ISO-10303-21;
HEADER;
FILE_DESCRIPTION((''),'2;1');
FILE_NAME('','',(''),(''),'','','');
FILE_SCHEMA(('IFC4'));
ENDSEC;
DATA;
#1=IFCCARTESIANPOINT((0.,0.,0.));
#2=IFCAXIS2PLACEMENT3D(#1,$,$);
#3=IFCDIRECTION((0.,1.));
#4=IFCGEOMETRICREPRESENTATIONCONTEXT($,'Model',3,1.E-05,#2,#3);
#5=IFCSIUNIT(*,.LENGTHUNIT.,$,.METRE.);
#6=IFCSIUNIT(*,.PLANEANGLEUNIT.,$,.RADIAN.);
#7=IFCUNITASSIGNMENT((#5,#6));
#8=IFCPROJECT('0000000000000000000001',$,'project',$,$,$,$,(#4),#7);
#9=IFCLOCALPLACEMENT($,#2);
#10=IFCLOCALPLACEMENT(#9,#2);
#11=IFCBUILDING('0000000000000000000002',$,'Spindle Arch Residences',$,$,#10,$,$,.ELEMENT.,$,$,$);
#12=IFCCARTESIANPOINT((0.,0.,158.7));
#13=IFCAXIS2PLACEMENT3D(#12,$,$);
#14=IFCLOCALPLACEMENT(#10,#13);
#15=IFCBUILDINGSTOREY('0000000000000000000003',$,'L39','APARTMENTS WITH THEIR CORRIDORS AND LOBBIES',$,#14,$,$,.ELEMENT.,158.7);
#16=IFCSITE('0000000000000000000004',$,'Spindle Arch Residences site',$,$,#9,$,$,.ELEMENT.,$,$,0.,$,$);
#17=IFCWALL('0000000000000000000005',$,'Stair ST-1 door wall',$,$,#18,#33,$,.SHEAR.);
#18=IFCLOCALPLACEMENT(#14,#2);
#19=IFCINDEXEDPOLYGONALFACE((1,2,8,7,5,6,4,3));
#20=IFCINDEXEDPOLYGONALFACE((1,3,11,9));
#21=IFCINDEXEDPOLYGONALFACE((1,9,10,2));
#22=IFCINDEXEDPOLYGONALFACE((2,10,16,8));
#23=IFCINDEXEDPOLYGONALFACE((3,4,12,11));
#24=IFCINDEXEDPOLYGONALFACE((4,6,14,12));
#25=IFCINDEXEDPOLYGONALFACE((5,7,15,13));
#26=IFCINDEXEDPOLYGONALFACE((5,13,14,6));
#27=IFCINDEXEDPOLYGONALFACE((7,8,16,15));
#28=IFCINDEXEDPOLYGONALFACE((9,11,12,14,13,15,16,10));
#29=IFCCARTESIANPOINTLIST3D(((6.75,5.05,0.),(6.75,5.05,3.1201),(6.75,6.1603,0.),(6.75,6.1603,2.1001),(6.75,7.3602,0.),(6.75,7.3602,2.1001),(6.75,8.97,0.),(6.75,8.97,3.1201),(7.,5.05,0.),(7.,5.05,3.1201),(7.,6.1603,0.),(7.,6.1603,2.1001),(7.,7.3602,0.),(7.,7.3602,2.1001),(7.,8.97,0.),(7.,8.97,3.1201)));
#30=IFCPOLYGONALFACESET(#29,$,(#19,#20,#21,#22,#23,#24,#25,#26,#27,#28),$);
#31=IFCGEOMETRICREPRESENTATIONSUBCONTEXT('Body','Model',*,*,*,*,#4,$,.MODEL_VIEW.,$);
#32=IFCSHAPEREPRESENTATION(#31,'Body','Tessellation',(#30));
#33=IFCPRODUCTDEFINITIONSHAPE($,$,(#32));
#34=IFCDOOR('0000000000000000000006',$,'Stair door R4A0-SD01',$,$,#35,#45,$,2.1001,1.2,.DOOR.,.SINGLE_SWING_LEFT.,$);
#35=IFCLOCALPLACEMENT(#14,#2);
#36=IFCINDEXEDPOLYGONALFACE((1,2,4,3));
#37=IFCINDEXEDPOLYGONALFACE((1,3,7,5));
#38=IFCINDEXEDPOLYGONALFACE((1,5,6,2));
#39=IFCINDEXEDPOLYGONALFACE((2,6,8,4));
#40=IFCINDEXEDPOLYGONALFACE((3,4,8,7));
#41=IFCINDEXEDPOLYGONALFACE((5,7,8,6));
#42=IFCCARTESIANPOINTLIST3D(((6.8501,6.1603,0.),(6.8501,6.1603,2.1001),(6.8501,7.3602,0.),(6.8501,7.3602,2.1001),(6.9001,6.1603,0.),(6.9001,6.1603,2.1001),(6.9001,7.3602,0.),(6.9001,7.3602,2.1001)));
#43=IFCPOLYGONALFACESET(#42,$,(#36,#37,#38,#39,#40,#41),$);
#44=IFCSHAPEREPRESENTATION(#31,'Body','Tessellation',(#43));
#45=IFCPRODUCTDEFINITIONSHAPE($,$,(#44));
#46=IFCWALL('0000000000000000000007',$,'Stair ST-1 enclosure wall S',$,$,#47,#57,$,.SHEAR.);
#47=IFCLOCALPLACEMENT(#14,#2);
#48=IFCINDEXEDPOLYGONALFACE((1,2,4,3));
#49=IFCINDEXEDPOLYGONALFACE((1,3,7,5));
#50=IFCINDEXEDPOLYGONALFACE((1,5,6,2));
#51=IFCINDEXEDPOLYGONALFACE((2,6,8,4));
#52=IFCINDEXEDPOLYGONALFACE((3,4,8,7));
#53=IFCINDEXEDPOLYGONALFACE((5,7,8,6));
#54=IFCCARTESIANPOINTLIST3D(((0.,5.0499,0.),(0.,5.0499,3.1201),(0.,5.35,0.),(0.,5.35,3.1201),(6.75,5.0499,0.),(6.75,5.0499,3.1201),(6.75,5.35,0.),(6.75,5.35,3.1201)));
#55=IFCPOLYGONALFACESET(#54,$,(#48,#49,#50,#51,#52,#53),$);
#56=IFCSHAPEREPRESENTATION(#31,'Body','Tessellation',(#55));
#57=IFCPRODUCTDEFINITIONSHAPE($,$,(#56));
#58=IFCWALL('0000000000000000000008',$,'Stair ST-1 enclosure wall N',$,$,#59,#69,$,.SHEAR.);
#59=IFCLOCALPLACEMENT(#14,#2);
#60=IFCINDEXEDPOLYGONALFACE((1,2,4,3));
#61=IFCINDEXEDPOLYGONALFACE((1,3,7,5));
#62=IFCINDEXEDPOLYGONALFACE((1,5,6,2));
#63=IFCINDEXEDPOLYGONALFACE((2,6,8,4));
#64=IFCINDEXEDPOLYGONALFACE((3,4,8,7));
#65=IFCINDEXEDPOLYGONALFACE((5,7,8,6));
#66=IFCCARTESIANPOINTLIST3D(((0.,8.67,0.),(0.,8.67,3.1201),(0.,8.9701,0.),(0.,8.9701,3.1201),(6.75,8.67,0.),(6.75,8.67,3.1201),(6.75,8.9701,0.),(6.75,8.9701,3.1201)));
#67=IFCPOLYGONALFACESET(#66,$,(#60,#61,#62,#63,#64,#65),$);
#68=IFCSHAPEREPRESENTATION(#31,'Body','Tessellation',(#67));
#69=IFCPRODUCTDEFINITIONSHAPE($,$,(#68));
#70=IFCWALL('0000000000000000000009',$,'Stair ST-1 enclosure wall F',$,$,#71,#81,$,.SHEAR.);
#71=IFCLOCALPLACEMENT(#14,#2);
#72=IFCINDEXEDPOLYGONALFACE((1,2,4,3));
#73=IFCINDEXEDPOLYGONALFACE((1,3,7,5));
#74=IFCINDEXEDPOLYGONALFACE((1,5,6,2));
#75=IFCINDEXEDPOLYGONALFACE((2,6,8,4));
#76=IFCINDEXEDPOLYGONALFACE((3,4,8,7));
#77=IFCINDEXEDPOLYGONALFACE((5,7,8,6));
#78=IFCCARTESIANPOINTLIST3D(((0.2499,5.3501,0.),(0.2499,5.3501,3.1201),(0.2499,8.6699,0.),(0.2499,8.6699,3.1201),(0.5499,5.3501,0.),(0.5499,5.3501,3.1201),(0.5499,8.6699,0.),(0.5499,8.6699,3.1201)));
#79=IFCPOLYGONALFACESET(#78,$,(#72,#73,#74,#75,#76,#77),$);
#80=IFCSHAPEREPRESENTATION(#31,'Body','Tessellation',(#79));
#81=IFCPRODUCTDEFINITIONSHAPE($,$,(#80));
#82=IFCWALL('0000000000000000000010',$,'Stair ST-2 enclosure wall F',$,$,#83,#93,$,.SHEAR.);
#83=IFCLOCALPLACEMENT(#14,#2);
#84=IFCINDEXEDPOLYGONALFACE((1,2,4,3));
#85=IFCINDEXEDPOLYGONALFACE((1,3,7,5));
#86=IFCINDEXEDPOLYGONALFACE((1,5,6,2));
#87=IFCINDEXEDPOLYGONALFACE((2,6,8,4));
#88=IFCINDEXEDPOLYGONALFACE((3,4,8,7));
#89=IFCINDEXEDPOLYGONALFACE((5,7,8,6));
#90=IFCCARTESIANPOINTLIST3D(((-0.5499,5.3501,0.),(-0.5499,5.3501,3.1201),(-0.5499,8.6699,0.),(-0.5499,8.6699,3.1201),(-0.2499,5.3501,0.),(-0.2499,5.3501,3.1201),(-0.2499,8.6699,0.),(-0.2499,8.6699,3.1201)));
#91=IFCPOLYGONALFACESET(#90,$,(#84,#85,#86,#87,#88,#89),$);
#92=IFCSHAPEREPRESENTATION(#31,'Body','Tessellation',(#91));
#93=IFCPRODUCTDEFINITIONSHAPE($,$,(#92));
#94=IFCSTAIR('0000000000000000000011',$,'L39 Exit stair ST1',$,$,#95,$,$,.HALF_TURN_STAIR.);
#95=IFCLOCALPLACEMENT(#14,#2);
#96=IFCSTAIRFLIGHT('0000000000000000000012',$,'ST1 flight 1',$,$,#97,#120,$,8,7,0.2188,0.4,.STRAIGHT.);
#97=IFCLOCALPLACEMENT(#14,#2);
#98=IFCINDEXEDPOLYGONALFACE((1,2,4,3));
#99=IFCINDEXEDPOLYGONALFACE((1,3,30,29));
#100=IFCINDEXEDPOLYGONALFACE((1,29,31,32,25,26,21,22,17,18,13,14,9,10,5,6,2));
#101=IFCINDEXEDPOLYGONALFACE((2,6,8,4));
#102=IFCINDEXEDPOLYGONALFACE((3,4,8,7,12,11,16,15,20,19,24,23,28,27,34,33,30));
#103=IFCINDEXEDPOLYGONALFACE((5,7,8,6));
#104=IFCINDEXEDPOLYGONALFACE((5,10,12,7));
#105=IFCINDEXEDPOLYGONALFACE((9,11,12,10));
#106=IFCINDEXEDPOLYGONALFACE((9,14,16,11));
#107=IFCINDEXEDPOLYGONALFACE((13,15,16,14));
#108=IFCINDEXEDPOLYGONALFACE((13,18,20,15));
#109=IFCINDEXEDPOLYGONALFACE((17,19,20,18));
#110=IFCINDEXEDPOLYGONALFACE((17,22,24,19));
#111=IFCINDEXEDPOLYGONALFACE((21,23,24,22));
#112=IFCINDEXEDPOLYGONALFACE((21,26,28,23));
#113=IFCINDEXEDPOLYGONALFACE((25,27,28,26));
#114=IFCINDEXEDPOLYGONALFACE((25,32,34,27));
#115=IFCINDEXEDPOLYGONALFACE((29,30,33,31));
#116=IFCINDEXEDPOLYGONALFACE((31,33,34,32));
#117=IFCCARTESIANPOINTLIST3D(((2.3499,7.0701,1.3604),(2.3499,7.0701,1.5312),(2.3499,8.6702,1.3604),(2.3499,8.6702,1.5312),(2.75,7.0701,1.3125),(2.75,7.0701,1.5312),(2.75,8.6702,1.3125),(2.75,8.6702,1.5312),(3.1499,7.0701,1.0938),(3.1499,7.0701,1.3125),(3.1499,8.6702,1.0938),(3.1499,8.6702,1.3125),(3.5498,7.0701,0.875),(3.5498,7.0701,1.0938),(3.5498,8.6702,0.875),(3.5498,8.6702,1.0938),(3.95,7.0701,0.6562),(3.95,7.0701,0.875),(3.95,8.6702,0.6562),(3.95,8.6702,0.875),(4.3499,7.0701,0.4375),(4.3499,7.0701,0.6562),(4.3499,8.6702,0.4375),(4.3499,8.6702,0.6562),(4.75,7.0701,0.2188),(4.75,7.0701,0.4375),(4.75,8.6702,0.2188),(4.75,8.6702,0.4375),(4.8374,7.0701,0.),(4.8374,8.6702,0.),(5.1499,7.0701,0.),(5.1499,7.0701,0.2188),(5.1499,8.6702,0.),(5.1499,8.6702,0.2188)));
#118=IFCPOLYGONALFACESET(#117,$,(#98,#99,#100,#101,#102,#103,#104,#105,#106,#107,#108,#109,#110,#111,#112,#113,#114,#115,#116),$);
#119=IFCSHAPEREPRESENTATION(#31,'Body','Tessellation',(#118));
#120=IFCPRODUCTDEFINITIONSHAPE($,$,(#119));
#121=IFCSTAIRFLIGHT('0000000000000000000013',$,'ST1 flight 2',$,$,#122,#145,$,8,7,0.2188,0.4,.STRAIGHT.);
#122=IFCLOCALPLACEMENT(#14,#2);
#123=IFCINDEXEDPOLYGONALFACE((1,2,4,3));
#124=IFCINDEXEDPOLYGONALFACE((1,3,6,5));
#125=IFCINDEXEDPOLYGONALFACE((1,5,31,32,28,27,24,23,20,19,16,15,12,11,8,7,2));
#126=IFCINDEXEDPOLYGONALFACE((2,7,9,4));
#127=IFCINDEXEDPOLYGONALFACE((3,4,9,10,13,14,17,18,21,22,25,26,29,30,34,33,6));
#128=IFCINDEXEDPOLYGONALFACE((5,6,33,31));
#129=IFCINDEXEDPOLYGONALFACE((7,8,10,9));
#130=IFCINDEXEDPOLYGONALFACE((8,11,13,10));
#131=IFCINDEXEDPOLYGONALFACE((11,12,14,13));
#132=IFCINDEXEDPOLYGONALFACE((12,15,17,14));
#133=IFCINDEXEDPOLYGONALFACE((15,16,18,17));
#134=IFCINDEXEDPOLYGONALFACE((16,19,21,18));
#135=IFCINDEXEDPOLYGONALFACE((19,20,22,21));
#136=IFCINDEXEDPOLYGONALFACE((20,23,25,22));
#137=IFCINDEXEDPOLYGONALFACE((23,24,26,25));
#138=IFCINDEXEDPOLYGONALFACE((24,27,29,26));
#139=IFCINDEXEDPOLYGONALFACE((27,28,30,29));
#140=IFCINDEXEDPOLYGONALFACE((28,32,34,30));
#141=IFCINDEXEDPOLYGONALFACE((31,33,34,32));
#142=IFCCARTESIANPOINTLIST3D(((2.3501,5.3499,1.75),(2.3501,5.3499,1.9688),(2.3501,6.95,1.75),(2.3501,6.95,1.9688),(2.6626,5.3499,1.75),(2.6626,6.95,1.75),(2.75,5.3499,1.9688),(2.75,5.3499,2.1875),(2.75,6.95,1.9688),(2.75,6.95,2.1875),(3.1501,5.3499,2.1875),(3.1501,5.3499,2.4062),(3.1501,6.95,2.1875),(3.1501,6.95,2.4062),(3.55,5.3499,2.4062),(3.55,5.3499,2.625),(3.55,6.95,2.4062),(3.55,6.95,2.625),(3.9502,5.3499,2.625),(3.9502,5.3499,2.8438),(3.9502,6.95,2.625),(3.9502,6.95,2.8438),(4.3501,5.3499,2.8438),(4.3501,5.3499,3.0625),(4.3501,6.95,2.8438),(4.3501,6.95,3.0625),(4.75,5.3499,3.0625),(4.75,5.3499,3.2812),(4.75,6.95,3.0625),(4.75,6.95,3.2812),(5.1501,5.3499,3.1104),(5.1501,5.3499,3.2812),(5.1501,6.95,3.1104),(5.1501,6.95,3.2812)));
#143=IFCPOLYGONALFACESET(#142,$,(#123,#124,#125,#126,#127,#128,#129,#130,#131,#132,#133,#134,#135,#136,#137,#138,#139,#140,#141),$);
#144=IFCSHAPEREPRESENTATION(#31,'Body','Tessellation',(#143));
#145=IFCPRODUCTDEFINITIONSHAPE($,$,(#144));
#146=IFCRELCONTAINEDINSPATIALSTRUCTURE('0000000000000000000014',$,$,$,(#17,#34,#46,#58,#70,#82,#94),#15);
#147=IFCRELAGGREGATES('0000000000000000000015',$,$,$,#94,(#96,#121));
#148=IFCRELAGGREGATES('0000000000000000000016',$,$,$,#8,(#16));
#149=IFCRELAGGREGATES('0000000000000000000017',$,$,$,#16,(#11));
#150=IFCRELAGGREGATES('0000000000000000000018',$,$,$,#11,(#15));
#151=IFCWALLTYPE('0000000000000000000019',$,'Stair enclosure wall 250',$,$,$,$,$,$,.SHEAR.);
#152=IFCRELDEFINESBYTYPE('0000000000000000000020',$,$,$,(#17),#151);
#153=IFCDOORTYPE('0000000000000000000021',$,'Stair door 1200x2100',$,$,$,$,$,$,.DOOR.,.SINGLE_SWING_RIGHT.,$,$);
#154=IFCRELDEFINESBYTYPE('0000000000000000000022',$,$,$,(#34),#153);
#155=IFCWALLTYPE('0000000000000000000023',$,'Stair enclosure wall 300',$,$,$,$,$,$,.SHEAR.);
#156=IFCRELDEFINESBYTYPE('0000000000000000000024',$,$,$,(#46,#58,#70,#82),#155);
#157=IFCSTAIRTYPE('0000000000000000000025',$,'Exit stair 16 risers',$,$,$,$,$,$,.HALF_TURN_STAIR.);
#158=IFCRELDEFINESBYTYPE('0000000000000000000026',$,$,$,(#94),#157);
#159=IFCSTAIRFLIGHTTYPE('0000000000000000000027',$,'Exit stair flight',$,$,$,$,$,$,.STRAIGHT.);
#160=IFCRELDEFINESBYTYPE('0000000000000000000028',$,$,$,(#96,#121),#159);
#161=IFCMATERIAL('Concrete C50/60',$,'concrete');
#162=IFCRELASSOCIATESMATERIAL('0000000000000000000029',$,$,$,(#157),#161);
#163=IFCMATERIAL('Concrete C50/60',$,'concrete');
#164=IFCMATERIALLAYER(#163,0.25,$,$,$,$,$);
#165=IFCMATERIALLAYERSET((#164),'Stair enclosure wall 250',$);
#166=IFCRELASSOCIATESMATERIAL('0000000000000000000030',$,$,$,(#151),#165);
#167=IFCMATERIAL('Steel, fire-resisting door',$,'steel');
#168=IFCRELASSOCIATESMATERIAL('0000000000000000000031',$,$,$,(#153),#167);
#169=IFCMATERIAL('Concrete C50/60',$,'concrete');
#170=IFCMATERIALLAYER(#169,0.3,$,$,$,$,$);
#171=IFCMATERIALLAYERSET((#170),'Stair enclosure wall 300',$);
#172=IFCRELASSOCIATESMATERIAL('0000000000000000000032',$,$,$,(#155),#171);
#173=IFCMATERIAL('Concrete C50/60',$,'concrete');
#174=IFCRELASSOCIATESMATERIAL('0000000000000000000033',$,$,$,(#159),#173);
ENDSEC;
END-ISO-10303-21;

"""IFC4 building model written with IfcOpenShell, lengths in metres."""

from ifc_helpers import new_model, si_unit, direction, frame, frame_2d, origin, place, context, subcontext, project, spatial, polyline, rectangle, outline, extrude, material, layer, layer_set, type_object, element, fill, aggregate, save


model = new_model("IFC4")

# Units and contexts
model_context = context("Model", 3, precision=1e-05, world=origin(), true_north=direction((0.0, 1.0)))
body_context = subcontext(model_context, "Body", "Model", "MODEL_VIEW")
ifc_project = project(units=[si_unit("LENGTHUNIT", "METRE"), si_unit("PLANEANGLEUNIT", "RADIAN")], contexts=[model_context])

# Site, building, storey
site_placement = place(None, origin())
site = spatial("IfcSite", under=ifc_project, at=site_placement, Name="Spindle Arch Residences site", CompositionType="ELEMENT", RefElevation=0.0)
building_placement = place(site_placement, origin())
building = spatial("IfcBuilding", under=site, at=building_placement, Name="Spindle Arch Residences", CompositionType="ELEMENT")
storey_placement = place(building_placement, frame((0.0, 0.0, 158.7)))
storey = spatial("IfcBuildingStorey", under=building, at=storey_placement, Name="L39", Description="APARTMENTS WITH THEIR CORRIDORS AND LOBBIES", CompositionType="ELEMENT", Elevation=158.7)

# Shared definitions
ifc_material_1 = material(Name="Concrete C50/60", Category="concrete")
stair_type = type_object("IfcStairType", Name="Exit stair 16 risers", PredefinedType="HALF_TURN_STAIR", material=ifc_material_1)

# Wall, opening, door
ifc_material_2 = material(Name="Concrete C50/60", Category="concrete")
ifc_layer_1 = layer(ifc_material_2, 0.25)
ifc_layer_set_1 = layer_set([ifc_layer_1], Name="Stair enclosure wall 250")
wall_type_1 = type_object("IfcWallType", Name="Stair enclosure wall 250", PredefinedType="SHEAR", material=ifc_layer_set_1)
wall_1_placement = place(storey_placement, frame((6.875, 5.05, 0.0), z_axis=(0.0, 0.0, 1.0), x_axis=(0.0, 1.0, 0.0)))
wall_1 = element("IfcWall", 1, at=wall_1_placement, inside=storey, type_object=wall_type_1, Name="Stair ST-1 door wall", PredefinedType="SHEAR", context=body_context, shape_type="SweptSolid", body=[
    extrude(rectangle(XDim=3.9199, YDim=0.25, at=frame_2d((1.96, 0.0))), origin(), (0.0, 0.0, 1.0), 3.1201),
])
opening_1_placement = place(wall_1_placement, frame((1.1101, 0.0, 0.0)))
opening_1 = element("IfcOpeningElement", 2, at=opening_1_placement, cuts=wall_1, PredefinedType="OPENING", context=body_context, shape_type="SweptSolid", body=[
    extrude(rectangle(XDim=1.2, YDim=2.1001, at=frame_2d((0.6001, 1.05))), frame((0.0, 0.135, 0.0), z_axis=(0.0, -1.0, 0.0), x_axis=(1.0, 0.0, 0.0)), (0.0, 0.0, 1.0), 0.27),
])
ifc_material_3 = material(Name="Steel, fire-resisting door", Category="steel")
door_type_1 = type_object("IfcDoorType", Name="Stair door 1200x2100", OperationType="SINGLE_SWING_RIGHT", PredefinedType="DOOR", material=ifc_material_3)
door_1_placement = place(opening_1_placement, origin())
door_1 = element("IfcDoor", 3, at=door_1_placement, inside=storey, type_object=door_type_1, Name="Stair door R4A0-SD01", OperationType="SINGLE_SWING_LEFT", OverallHeight=2.1001, OverallWidth=1.2, PredefinedType="DOOR", context=body_context, shape_type="SweptSolid", body=[
    extrude(rectangle(XDim=1.2, YDim=2.1001, at=frame_2d((0.6001, 1.05))), frame((0.0, 0.0249, 0.0), z_axis=(0.0, -1.0, 0.0), x_axis=(1.0, 0.0, 0.0)), (0.0, 0.0, 1.0), 0.05),
])
fill(opening_1, door_1)

# Walls
ifc_material_4 = material(Name="Concrete C50/60", Category="concrete")
ifc_layer_2 = layer(ifc_material_4, 0.3)
ifc_layer_set_2 = layer_set([ifc_layer_2], Name="Stair enclosure wall 300")
wall_type_2 = type_object("IfcWallType", Name="Stair enclosure wall 300", PredefinedType="SHEAR", material=ifc_layer_set_2)
for number, where, z_axis, x_axis, name in (
    (4, (0.0, 5.2, 0.0), (0.0, 0.0, 1.0), (1.0, 0.0, 0.0), "Stair ST-1 enclosure wall S"),
    (5, (0.0, 8.8201, 0.0), (0.0, 0.0, 1.0), (1.0, 0.0, 0.0), "Stair ST-1 enclosure wall N"),
):
    element("IfcWall", number, at=place(storey_placement, frame(where, z_axis=z_axis, x_axis=x_axis)), inside=storey, type_object=wall_type_2, Name=name, PredefinedType="SHEAR", context=body_context, shape_type="SweptSolid", body=[
        extrude(rectangle(XDim=6.75, YDim=0.3, at=frame_2d((3.375, 0.0))), origin(), (0.0, 0.0, 1.0), 3.1201),
    ])
for number, where, z_axis, x_axis, name in (
    (6, (0.3999, 5.3501, 0.0), (0.0, 0.0, 1.0), (0.0, 1.0, 0.0), "Stair ST-1 enclosure wall F"),
    (7, (-0.3999, 5.3501, 0.0), (0.0, 0.0, 1.0), (0.0, 1.0, 0.0), "Stair ST-2 enclosure wall F"),
):
    element("IfcWall", number, at=place(storey_placement, frame(where, z_axis=z_axis, x_axis=x_axis)), inside=storey, type_object=wall_type_2, Name=name, PredefinedType="SHEAR", context=body_context, shape_type="SweptSolid", body=[
        extrude(rectangle(XDim=3.3198, YDim=0.3, at=frame_2d((1.6599, 0.0))), origin(), (0.0, 0.0, 1.0), 3.1201),
    ])

# Stair, stair flights
stair_1_placement = place(storey_placement, origin())
stair_1 = element("IfcStair", 8, at=stair_1_placement, inside=storey, type_object=stair_type, Name="L39 Exit stair ST1", PredefinedType="HALF_TURN_STAIR")
ifc_material_5 = material(Name="Concrete C50/60", Category="concrete")
stair_flight_type = type_object("IfcStairFlightType", Name="Exit stair flight", PredefinedType="STRAIGHT", material=ifc_material_5)
stair_flight_1_placement = place(storey_placement, frame((5.1499, 7.8701, 0.0), z_axis=(0.0, 0.0, 1.0), x_axis=(-1.0, 0.0, 0.0)))
stair_flight_1 = element("IfcStairFlight", 9, at=stair_flight_1_placement, type_object=stair_flight_type, Name="ST1 flight 1", NumberOfRisers=8, NumberOfTreads=7, PredefinedType="STRAIGHT", RiserHeight=0.2188, TreadLength=0.4, context=body_context, shape_type="SweptSolid", body=[
    extrude(outline(polyline([(0.0, 0.0), (0.0, 0.2188), (0.3999, 0.2188), (0.3999, 0.4375), (0.8, 0.4375), (0.8, 0.6562), (1.2, 0.6562), (1.2, 0.875), (1.6001, 0.875), (1.6001, 1.0938), (2.0, 1.0938), (2.0, 1.3125), (2.3999, 1.3125), (2.3999, 1.5312), (2.8, 1.5312), (2.8, 1.75), (2.8, 1.3604), (0.3125, 0.0), (0.0, 0.0)])), frame((0.0, 0.8, 0.0), z_axis=(0.0, -1.0, 0.0), x_axis=(1.0, 0.0, 0.0)), (0.0, 0.0, 1.0), 1.6001),
])
stair_flight_2_placement = place(storey_placement, frame((2.3501, 6.1499, 1.75), z_axis=(0.0, 0.0, 1.0), x_axis=(1.0, 0.0, 0.0)))
stair_flight_2 = element("IfcStairFlight", 10, at=stair_flight_2_placement, type_object=stair_flight_type, Name="ST1 flight 2", NumberOfRisers=8, NumberOfTreads=7, PredefinedType="STRAIGHT", RiserHeight=0.2188, TreadLength=0.4, context=body_context, shape_type="SweptSolid", body=[
    extrude(outline(polyline([(0.0, 0.0), (0.0, 0.2188), (0.3999, 0.2188), (0.3999, 0.4375), (0.8, 0.4375), (0.8, 0.6562), (1.2, 0.6562), (1.2, 0.875), (1.6001, 0.875), (1.6001, 1.0938), (2.0, 1.0938), (2.0, 1.3125), (2.3999, 1.3125), (2.3999, 1.5312), (2.8, 1.5312), (2.8, 1.75), (2.8, 1.3604), (0.3125, 0.0), (0.0, 0.0)])), frame((0.0, 0.8, 0.0), z_axis=(0.0, -1.0, 0.0), x_axis=(1.0, 0.0, 0.0)), (0.0, 0.0, 1.0), 1.6001),
])
aggregate(stair_1, [stair_flight_1, stair_flight_2])

save(model, "model.ifc")
